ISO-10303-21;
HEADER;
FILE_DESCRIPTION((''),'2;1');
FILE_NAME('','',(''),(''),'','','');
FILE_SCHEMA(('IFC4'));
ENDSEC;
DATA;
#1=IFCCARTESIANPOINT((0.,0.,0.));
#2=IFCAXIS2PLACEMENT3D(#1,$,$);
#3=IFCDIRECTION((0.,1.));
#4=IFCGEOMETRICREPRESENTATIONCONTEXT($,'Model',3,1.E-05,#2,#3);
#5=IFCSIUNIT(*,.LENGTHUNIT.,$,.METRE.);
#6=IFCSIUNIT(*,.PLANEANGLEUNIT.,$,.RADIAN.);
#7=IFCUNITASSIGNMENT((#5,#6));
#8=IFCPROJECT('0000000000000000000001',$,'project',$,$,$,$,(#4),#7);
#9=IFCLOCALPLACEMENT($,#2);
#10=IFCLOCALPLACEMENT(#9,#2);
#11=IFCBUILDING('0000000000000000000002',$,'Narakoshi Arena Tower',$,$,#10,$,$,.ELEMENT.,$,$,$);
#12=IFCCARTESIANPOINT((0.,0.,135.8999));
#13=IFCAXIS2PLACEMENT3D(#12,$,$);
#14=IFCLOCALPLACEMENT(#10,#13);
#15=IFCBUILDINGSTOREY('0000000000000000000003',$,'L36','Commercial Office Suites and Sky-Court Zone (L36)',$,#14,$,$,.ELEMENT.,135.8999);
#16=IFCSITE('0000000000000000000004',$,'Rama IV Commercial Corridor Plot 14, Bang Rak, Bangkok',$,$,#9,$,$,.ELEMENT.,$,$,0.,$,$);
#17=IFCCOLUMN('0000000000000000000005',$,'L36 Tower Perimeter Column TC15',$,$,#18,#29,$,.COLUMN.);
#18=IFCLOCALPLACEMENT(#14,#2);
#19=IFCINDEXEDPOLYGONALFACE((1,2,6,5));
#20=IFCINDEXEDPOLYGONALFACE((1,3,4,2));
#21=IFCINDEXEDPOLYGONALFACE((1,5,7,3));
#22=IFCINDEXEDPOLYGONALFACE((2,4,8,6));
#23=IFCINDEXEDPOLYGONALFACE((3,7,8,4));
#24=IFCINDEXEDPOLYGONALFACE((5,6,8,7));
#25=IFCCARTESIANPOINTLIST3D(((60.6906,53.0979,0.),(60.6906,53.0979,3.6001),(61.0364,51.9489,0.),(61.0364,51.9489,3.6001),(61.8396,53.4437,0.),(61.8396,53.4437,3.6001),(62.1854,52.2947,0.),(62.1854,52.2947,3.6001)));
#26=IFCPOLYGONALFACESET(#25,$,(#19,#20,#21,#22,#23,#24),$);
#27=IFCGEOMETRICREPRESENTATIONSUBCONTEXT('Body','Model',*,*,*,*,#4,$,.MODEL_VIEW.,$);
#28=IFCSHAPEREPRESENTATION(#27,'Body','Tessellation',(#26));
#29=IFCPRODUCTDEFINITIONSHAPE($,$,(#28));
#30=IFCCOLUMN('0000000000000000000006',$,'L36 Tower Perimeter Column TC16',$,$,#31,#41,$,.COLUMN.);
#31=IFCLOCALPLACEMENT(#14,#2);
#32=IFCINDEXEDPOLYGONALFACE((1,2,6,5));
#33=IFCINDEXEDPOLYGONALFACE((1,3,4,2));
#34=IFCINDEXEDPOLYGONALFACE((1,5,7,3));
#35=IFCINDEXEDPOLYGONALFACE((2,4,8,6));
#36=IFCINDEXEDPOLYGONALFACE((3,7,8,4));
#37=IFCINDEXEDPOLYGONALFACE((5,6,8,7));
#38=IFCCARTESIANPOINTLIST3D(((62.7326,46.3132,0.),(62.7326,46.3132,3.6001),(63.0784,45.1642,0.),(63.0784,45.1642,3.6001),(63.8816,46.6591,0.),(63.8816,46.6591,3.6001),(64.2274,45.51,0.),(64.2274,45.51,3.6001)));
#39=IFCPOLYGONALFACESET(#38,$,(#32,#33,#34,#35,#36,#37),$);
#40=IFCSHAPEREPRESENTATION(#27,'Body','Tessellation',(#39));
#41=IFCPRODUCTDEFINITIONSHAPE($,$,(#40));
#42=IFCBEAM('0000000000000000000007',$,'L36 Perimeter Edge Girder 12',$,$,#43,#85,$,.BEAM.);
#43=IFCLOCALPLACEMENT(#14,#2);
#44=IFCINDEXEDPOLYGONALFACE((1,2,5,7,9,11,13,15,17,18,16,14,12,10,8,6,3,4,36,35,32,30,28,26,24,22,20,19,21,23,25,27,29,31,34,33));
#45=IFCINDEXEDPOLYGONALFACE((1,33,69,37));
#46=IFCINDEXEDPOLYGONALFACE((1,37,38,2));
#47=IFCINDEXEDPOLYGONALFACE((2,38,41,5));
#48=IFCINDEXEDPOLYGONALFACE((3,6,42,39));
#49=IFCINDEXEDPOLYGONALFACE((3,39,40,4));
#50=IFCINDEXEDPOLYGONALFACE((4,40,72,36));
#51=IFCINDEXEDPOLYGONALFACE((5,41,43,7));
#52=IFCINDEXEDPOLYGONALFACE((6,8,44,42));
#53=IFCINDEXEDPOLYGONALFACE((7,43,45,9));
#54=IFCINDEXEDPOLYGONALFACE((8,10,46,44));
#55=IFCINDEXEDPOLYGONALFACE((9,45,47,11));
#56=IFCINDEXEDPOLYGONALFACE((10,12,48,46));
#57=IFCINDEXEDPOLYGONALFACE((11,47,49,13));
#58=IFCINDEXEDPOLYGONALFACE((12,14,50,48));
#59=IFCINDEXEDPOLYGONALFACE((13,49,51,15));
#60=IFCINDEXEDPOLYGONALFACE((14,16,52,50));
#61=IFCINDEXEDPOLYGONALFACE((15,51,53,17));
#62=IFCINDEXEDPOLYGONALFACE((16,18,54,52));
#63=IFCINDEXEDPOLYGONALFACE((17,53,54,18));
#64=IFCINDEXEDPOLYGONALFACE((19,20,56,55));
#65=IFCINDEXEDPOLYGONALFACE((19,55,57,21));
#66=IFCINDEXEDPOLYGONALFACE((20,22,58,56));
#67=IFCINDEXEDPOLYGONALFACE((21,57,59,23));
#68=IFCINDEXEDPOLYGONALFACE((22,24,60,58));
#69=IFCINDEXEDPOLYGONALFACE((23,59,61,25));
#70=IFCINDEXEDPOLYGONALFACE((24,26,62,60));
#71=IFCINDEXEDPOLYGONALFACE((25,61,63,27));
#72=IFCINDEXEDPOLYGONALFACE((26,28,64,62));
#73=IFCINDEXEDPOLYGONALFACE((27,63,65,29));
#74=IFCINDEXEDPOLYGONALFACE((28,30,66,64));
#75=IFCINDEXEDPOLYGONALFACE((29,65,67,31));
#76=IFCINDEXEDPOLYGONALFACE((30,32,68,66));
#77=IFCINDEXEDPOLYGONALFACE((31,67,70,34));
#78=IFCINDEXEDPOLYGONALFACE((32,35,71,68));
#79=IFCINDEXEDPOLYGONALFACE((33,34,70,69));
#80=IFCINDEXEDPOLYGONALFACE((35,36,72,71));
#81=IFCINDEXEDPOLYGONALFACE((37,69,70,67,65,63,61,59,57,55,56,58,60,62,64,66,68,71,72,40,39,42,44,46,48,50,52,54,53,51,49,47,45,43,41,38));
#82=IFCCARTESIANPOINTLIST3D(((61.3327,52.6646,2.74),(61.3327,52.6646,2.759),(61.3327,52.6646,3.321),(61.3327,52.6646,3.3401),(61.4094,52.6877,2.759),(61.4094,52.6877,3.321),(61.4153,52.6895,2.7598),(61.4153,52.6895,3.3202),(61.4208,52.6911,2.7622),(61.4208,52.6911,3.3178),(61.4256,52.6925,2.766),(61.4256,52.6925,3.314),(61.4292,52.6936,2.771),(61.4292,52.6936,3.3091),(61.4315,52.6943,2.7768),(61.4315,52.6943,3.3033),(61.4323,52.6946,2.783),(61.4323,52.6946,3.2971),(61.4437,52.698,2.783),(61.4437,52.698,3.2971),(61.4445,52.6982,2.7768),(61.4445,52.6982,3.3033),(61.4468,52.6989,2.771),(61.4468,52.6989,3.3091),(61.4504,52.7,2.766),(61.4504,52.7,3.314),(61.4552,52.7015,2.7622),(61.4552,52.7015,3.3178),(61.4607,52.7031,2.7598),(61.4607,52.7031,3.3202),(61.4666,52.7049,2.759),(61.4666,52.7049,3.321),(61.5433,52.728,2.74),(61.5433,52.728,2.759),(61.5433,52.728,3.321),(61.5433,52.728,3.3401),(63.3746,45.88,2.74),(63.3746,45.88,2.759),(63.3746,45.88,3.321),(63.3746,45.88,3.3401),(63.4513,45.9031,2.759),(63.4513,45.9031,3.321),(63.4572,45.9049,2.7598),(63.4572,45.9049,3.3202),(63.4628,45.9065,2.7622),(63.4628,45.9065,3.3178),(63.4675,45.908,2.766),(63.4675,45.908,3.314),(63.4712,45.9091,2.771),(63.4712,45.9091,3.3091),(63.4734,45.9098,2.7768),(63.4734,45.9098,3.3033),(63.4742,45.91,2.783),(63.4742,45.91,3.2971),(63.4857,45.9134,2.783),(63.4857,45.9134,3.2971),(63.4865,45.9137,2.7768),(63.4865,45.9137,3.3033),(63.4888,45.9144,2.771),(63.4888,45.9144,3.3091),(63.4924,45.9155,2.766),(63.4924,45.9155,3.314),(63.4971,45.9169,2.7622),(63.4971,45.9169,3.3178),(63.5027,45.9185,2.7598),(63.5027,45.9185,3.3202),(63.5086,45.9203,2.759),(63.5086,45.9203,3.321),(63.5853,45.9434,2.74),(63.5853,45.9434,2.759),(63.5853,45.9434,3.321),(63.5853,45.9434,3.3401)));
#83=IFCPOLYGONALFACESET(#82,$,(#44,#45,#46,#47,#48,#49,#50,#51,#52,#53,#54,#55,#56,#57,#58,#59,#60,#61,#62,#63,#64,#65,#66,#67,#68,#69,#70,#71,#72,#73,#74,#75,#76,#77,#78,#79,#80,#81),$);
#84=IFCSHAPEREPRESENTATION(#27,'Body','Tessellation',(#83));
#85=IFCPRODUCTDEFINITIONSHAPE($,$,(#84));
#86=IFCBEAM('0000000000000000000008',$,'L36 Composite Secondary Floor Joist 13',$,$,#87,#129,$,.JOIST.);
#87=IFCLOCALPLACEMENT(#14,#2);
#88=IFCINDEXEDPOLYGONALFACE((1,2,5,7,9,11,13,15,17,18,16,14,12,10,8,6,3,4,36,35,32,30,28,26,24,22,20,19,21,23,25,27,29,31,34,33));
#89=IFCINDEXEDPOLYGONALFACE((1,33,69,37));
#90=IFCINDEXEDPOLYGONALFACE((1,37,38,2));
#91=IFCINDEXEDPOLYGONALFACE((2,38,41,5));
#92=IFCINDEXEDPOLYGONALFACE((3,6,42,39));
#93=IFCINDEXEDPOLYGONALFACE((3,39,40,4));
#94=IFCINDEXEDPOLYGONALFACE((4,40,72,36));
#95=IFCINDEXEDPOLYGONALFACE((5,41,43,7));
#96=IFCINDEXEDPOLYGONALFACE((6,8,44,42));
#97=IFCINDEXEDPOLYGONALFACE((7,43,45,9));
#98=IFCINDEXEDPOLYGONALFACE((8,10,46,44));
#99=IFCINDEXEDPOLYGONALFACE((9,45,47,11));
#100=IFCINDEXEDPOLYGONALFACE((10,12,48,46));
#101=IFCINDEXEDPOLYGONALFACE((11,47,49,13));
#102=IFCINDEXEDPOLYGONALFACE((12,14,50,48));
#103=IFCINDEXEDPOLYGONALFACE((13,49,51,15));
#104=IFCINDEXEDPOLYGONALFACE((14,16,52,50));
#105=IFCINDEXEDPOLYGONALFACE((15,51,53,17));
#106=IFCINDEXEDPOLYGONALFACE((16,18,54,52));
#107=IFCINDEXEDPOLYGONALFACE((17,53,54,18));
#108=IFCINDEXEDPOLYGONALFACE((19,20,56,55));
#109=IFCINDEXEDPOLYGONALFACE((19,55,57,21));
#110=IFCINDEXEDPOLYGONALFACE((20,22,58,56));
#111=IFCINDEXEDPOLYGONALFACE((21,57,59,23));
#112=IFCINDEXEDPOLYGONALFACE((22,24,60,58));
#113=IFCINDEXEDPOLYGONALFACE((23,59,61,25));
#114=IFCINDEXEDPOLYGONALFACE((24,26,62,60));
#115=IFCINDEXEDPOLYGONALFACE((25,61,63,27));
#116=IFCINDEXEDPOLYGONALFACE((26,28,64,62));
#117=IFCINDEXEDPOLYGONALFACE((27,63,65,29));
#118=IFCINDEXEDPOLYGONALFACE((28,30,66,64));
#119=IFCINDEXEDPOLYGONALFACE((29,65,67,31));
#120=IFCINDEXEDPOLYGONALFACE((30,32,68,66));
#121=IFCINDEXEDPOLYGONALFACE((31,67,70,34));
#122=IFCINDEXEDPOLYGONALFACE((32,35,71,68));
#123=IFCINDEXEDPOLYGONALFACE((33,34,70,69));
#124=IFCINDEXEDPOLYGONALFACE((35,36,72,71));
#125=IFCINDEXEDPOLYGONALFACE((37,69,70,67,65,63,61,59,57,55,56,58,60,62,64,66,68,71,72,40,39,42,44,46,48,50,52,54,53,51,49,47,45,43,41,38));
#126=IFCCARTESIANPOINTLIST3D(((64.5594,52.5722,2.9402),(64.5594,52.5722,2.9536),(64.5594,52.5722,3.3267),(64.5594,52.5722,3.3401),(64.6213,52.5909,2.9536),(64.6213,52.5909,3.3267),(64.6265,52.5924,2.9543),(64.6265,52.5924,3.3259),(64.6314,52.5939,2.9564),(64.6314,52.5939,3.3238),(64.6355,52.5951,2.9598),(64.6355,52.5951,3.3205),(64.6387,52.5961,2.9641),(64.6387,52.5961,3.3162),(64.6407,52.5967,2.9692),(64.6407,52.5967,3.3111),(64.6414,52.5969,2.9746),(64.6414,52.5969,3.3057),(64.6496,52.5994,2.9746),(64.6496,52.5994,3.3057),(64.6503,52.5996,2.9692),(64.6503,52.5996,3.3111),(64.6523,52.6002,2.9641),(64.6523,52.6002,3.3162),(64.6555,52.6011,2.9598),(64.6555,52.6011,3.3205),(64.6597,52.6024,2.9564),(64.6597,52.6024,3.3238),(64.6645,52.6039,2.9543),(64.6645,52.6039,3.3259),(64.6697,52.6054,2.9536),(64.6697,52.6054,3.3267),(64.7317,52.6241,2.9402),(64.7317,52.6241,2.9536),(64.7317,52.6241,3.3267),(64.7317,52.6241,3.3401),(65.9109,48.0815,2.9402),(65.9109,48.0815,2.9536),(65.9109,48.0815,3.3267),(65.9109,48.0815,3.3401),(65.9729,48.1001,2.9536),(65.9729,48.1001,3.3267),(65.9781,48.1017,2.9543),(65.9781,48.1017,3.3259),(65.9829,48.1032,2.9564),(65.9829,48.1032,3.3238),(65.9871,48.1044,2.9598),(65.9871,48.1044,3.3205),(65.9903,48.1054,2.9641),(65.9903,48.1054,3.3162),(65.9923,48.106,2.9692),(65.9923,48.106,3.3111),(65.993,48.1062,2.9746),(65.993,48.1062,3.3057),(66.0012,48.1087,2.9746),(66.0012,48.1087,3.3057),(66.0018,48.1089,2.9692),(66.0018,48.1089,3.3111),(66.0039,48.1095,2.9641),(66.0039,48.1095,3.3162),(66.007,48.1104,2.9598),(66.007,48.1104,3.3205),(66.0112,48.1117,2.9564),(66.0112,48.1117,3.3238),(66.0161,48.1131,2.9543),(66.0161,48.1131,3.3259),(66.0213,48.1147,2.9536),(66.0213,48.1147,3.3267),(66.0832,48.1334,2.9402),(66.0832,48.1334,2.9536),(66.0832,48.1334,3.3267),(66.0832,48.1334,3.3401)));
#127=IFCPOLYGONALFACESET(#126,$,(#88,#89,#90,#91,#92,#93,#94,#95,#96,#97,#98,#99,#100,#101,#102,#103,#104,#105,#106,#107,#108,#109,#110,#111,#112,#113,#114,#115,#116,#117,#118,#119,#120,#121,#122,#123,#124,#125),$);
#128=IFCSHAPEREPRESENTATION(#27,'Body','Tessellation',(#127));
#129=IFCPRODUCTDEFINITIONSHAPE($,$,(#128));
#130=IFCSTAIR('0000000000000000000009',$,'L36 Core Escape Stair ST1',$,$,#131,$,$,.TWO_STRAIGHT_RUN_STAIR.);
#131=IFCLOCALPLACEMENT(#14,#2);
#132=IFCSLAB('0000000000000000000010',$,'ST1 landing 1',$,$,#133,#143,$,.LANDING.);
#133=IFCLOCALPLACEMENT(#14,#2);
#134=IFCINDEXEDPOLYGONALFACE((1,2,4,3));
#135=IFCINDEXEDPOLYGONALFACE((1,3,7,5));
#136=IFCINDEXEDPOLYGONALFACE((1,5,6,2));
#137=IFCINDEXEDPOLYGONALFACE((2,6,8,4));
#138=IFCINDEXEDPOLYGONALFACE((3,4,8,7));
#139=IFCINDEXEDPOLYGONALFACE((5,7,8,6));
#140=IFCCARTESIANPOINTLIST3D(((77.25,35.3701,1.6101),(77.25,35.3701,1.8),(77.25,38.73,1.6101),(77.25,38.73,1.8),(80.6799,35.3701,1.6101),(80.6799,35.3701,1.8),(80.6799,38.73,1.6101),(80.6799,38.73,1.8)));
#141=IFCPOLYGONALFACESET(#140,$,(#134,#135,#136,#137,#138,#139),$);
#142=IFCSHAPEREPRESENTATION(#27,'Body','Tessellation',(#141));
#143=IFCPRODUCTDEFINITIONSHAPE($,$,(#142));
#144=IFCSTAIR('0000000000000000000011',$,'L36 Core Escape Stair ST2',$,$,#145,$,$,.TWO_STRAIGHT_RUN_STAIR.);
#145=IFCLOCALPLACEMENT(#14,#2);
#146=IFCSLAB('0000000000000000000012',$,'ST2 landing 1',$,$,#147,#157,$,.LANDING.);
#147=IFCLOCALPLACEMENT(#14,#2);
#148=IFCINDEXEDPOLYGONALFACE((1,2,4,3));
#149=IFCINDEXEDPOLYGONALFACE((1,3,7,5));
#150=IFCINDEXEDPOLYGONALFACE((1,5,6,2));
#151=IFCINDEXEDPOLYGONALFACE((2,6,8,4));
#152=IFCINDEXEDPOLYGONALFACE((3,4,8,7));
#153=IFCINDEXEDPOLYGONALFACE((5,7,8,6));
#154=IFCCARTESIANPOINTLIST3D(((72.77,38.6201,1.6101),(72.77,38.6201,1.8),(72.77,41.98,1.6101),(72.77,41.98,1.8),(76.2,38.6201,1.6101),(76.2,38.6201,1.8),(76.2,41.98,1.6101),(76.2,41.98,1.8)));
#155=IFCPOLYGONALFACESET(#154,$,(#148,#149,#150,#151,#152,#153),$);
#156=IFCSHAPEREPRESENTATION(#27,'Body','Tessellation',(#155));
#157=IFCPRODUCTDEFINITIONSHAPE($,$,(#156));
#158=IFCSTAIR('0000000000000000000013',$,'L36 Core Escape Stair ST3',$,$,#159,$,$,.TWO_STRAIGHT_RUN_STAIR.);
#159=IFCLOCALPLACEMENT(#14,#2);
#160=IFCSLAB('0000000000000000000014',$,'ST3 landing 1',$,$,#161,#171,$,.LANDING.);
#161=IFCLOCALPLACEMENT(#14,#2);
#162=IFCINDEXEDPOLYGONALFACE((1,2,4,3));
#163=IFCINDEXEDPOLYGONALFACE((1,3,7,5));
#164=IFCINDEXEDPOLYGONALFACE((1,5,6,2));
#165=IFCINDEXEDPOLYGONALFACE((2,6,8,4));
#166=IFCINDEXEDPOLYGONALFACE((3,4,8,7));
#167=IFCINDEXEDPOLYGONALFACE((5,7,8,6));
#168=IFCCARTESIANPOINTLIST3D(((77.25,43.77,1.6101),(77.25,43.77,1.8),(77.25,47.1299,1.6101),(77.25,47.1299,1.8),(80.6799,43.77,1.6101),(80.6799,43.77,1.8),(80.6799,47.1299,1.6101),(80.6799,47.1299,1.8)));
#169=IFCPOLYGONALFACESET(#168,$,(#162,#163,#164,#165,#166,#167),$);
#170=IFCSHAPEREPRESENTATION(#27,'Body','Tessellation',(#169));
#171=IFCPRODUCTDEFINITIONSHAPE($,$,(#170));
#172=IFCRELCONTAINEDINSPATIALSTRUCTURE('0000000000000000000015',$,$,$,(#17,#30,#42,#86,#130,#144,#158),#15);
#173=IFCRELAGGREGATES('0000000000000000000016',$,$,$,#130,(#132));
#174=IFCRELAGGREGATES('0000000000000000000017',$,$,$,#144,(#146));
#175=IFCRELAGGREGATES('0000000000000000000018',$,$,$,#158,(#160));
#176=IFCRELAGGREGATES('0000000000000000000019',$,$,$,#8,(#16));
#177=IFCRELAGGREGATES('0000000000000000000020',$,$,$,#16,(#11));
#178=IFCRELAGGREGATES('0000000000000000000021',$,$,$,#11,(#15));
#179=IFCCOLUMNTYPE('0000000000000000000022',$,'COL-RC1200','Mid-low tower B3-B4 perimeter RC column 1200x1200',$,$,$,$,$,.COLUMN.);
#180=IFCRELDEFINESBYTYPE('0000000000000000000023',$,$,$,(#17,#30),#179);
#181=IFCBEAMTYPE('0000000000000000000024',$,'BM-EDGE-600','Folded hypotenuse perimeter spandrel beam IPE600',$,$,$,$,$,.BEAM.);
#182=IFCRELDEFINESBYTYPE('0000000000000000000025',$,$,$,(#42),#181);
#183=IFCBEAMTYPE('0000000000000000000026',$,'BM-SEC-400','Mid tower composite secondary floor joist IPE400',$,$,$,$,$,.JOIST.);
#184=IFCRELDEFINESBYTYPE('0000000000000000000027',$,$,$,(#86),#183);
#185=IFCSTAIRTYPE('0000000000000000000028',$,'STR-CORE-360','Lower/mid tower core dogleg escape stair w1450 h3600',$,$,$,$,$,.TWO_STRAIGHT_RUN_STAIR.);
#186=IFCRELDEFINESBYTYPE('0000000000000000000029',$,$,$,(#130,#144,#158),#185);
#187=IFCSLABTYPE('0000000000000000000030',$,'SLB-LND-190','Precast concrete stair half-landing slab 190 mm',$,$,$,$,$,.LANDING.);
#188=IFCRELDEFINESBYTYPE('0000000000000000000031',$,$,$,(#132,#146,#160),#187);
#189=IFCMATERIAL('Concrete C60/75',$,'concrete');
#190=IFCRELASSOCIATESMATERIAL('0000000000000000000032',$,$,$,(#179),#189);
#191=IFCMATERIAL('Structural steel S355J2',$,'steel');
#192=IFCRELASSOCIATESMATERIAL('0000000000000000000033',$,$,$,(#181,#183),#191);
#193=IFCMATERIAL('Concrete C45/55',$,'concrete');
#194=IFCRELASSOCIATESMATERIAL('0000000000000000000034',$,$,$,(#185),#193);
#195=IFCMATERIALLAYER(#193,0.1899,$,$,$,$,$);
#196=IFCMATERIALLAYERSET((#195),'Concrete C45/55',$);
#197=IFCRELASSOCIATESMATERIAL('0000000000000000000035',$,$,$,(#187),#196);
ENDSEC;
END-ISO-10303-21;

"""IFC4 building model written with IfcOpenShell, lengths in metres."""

from ifc_helpers import new_model, si_unit, direction, frame, origin, origin_2d, place, context, subcontext, project, spatial, polyline, rectangle, i_section, outline, extrude, material, layer, layer_set, material_profile, profile_set, type_object, element, aggregate, save


model = new_model("IFC4")

# Units and contexts
model_context = context("Model", 3, precision=1e-05, world=origin(), true_north=direction((0.0, 1.0)))
body_context = subcontext(model_context, "Body", "Model", "MODEL_VIEW")
ifc_project = project(units=[si_unit("LENGTHUNIT", "METRE"), si_unit("PLANEANGLEUNIT", "RADIAN")], contexts=[model_context])

# Site, building, storey
site_placement = place(None, origin())
site = spatial("IfcSite", under=ifc_project, at=site_placement, Name="Rama IV Commercial Corridor Plot 14, Bang Rak, Bangkok", CompositionType="ELEMENT", RefElevation=0.0)
building_placement = place(site_placement, origin())
building = spatial("IfcBuilding", under=site, at=building_placement, Name="Narakoshi Arena Tower", CompositionType="ELEMENT")
storey_placement = place(building_placement, frame((0.0, 0.0, 135.8999)))
storey = spatial("IfcBuildingStorey", under=building, at=storey_placement, Name="L36", Description="Commercial Office Suites and Sky-Court Zone (L36)", CompositionType="ELEMENT", Elevation=135.8999)

# Columns
ifc_material_1 = material(Name="Concrete C60/75", Category="concrete")
ifc_material_profile_1 = material_profile(ifc_material_1, rectangle(XDim=1.2, YDim=1.2, at=origin_2d()), Name="RC1200x1200")
ifc_profile_set_1 = profile_set([ifc_material_profile_1], Name="Concrete C60/75")
column_type = type_object("IfcColumnType", Name="COL-RC1200", Description="Mid-low tower B3-B4 perimeter RC column 1200x1200", PredefinedType="COLUMN", material=ifc_profile_set_1)
for number, where, z_axis, x_axis, name in (
    (1, (61.438, 52.6963, 0.0), (0.0, 0.0, 1.0), (-0.288196, 0.957571, 0.0), "L36 Tower Perimeter Column TC15"),
    (2, (63.48, 45.9116, 0.0), (0.0, 0.0, 1.0), (-0.288196, 0.957571, 0.0), "L36 Tower Perimeter Column TC16"),
):
    element("IfcColumn", number, at=place(storey_placement, frame(where, z_axis=z_axis, x_axis=x_axis)), inside=storey, type_object=column_type, Name=name, PredefinedType="COLUMN", context=body_context, shape_type="SweptSolid", body=[
        extrude(rectangle(XDim=1.2, YDim=1.2, at=origin_2d()), origin(), (0.0, 0.0, 1.0), 3.6001),
    ])

# Beams
ifc_material_2 = material(Name="Structural steel S355J2", Category="steel")
ifc_material_profile_2 = material_profile(ifc_material_2, i_section(OverallWidth=0.22, OverallDepth=0.6001, WebThickness=0.012, FlangeThickness=0.019, FilletRadius=0.0239, at=origin_2d()), Name="IPE600")
ifc_profile_set_2 = profile_set([ifc_material_profile_2], Name="Structural steel S355J2")
beam_type_1 = type_object("IfcBeamType", Name="BM-EDGE-600", Description="Folded hypotenuse perimeter spandrel beam IPE600", PredefinedType="BEAM", material=ifc_profile_set_2)
beam_1_placement = place(storey_placement, frame((61.438, 52.6963, 3.04), z_axis=(0.288201, -0.95757, 0.0), x_axis=(0.95757, 0.288201, 0.0)))
element("IfcBeam", 3, at=beam_1_placement, inside=storey, type_object=beam_type_1, Name="L36 Perimeter Edge Girder 12", PredefinedType="BEAM", context=body_context, shape_type="SweptSolid", body=[
    extrude(i_section(OverallWidth=0.22, OverallDepth=0.6001, WebThickness=0.012, FlangeThickness=0.019, FilletRadius=0.0239, at=origin_2d()), origin(), (0.0, 0.0, 1.0), 7.0852),
])
ifc_material_profile_3 = material_profile(ifc_material_2, i_section(OverallWidth=0.1799, OverallDepth=0.3999, WebThickness=0.0085, FlangeThickness=0.0134, FilletRadius=0.021, at=origin_2d()), Name="IPE400")
ifc_profile_set_3 = profile_set([ifc_material_profile_3], Name="Structural steel S355J2")
beam_type_2 = type_object("IfcBeamType", Name="BM-SEC-400", Description="Mid tower composite secondary floor joist IPE400", PredefinedType="JOIST", material=ifc_profile_set_3)
beam_2_placement = place(storey_placement, frame((64.6455, 52.5981, 3.1401), z_axis=(0.288198, -0.957571, 0.0), x_axis=(0.957571, 0.288198, 0.0)))
element("IfcBeam", 4, at=beam_2_placement, inside=storey, type_object=beam_type_2, Name="L36 Composite Secondary Floor Joist 13", PredefinedType="JOIST", context=body_context, shape_type="SweptSolid", body=[
    extrude(i_section(OverallWidth=0.1799, OverallDepth=0.3999, WebThickness=0.0085, FlangeThickness=0.0134, FilletRadius=0.021, at=origin_2d()), origin(), (0.0, 0.0, 1.0), 4.6897),
])

# Stairs, slabs
ifc_material_3 = material(Name="Concrete C45/55", Category="concrete")
stair_type = type_object("IfcStairType", Name="STR-CORE-360", Description="Lower/mid tower core dogleg escape stair w1450 h3600", PredefinedType="TWO_STRAIGHT_RUN_STAIR", material=ifc_material_3)
stair_1_placement = place(storey_placement, origin())
stair_1 = element("IfcStair", 5, at=stair_1_placement, inside=storey, type_object=stair_type, Name="L36 Core Escape Stair ST1", PredefinedType="TWO_STRAIGHT_RUN_STAIR")
ifc_layer_1 = layer(ifc_material_3, 0.1899)
ifc_layer_set_1 = layer_set([ifc_layer_1], Name="Concrete C45/55")
slab_type_1 = type_object("IfcSlabType", Name="SLB-LND-190", Description="Precast concrete stair half-landing slab 190 mm", PredefinedType="LANDING", material=ifc_layer_set_1)
slab_1_placement = place(storey_placement, frame((0.0, 0.0, 1.6101)))
slab_1 = element("IfcSlab", 6, at=slab_1_placement, type_object=slab_type_1, Name="ST1 landing 1", PredefinedType="LANDING", context=body_context, shape_type="SweptSolid", body=[
    extrude(outline(polyline([(77.25, 35.3701), (80.6799, 35.3701), (80.6799, 38.73), (77.25, 38.73), (77.25, 35.3701)])), origin(), (0.0, 0.0, 1.0), 0.1899),
])
aggregate(stair_1, [slab_1])
stair_2_placement = place(storey_placement, origin())
stair_2 = element("IfcStair", 7, at=stair_2_placement, inside=storey, type_object=stair_type, Name="L36 Core Escape Stair ST2", PredefinedType="TWO_STRAIGHT_RUN_STAIR")
slab_2_placement = place(storey_placement, frame((0.0, 0.0, 1.6101)))
slab_2 = element("IfcSlab", 8, at=slab_2_placement, type_object=slab_type_1, Name="ST2 landing 1", PredefinedType="LANDING", context=body_context, shape_type="SweptSolid", body=[
    extrude(outline(polyline([(72.77, 38.6201), (76.2, 38.6201), (76.2, 41.98), (72.77, 41.98), (72.77, 38.6201)])), origin(), (0.0, 0.0, 1.0), 0.1899),
])
aggregate(stair_2, [slab_2])
stair_3_placement = place(storey_placement, origin())
stair_3 = element("IfcStair", 9, at=stair_3_placement, inside=storey, type_object=stair_type, Name="L36 Core Escape Stair ST3", PredefinedType="TWO_STRAIGHT_RUN_STAIR")
slab_3_placement = place(storey_placement, frame((0.0, 0.0, 1.6101)))
slab_3 = element("IfcSlab", 10, at=slab_3_placement, type_object=slab_type_1, Name="ST3 landing 1", PredefinedType="LANDING", context=body_context, shape_type="SweptSolid", body=[
    extrude(outline(polyline([(77.25, 43.77), (80.6799, 43.77), (80.6799, 47.1299), (77.25, 47.1299), (77.25, 43.77)])), origin(), (0.0, 0.0, 1.0), 0.1899),
])
aggregate(stair_3, [slab_3])

save(model, "model.ifc")
